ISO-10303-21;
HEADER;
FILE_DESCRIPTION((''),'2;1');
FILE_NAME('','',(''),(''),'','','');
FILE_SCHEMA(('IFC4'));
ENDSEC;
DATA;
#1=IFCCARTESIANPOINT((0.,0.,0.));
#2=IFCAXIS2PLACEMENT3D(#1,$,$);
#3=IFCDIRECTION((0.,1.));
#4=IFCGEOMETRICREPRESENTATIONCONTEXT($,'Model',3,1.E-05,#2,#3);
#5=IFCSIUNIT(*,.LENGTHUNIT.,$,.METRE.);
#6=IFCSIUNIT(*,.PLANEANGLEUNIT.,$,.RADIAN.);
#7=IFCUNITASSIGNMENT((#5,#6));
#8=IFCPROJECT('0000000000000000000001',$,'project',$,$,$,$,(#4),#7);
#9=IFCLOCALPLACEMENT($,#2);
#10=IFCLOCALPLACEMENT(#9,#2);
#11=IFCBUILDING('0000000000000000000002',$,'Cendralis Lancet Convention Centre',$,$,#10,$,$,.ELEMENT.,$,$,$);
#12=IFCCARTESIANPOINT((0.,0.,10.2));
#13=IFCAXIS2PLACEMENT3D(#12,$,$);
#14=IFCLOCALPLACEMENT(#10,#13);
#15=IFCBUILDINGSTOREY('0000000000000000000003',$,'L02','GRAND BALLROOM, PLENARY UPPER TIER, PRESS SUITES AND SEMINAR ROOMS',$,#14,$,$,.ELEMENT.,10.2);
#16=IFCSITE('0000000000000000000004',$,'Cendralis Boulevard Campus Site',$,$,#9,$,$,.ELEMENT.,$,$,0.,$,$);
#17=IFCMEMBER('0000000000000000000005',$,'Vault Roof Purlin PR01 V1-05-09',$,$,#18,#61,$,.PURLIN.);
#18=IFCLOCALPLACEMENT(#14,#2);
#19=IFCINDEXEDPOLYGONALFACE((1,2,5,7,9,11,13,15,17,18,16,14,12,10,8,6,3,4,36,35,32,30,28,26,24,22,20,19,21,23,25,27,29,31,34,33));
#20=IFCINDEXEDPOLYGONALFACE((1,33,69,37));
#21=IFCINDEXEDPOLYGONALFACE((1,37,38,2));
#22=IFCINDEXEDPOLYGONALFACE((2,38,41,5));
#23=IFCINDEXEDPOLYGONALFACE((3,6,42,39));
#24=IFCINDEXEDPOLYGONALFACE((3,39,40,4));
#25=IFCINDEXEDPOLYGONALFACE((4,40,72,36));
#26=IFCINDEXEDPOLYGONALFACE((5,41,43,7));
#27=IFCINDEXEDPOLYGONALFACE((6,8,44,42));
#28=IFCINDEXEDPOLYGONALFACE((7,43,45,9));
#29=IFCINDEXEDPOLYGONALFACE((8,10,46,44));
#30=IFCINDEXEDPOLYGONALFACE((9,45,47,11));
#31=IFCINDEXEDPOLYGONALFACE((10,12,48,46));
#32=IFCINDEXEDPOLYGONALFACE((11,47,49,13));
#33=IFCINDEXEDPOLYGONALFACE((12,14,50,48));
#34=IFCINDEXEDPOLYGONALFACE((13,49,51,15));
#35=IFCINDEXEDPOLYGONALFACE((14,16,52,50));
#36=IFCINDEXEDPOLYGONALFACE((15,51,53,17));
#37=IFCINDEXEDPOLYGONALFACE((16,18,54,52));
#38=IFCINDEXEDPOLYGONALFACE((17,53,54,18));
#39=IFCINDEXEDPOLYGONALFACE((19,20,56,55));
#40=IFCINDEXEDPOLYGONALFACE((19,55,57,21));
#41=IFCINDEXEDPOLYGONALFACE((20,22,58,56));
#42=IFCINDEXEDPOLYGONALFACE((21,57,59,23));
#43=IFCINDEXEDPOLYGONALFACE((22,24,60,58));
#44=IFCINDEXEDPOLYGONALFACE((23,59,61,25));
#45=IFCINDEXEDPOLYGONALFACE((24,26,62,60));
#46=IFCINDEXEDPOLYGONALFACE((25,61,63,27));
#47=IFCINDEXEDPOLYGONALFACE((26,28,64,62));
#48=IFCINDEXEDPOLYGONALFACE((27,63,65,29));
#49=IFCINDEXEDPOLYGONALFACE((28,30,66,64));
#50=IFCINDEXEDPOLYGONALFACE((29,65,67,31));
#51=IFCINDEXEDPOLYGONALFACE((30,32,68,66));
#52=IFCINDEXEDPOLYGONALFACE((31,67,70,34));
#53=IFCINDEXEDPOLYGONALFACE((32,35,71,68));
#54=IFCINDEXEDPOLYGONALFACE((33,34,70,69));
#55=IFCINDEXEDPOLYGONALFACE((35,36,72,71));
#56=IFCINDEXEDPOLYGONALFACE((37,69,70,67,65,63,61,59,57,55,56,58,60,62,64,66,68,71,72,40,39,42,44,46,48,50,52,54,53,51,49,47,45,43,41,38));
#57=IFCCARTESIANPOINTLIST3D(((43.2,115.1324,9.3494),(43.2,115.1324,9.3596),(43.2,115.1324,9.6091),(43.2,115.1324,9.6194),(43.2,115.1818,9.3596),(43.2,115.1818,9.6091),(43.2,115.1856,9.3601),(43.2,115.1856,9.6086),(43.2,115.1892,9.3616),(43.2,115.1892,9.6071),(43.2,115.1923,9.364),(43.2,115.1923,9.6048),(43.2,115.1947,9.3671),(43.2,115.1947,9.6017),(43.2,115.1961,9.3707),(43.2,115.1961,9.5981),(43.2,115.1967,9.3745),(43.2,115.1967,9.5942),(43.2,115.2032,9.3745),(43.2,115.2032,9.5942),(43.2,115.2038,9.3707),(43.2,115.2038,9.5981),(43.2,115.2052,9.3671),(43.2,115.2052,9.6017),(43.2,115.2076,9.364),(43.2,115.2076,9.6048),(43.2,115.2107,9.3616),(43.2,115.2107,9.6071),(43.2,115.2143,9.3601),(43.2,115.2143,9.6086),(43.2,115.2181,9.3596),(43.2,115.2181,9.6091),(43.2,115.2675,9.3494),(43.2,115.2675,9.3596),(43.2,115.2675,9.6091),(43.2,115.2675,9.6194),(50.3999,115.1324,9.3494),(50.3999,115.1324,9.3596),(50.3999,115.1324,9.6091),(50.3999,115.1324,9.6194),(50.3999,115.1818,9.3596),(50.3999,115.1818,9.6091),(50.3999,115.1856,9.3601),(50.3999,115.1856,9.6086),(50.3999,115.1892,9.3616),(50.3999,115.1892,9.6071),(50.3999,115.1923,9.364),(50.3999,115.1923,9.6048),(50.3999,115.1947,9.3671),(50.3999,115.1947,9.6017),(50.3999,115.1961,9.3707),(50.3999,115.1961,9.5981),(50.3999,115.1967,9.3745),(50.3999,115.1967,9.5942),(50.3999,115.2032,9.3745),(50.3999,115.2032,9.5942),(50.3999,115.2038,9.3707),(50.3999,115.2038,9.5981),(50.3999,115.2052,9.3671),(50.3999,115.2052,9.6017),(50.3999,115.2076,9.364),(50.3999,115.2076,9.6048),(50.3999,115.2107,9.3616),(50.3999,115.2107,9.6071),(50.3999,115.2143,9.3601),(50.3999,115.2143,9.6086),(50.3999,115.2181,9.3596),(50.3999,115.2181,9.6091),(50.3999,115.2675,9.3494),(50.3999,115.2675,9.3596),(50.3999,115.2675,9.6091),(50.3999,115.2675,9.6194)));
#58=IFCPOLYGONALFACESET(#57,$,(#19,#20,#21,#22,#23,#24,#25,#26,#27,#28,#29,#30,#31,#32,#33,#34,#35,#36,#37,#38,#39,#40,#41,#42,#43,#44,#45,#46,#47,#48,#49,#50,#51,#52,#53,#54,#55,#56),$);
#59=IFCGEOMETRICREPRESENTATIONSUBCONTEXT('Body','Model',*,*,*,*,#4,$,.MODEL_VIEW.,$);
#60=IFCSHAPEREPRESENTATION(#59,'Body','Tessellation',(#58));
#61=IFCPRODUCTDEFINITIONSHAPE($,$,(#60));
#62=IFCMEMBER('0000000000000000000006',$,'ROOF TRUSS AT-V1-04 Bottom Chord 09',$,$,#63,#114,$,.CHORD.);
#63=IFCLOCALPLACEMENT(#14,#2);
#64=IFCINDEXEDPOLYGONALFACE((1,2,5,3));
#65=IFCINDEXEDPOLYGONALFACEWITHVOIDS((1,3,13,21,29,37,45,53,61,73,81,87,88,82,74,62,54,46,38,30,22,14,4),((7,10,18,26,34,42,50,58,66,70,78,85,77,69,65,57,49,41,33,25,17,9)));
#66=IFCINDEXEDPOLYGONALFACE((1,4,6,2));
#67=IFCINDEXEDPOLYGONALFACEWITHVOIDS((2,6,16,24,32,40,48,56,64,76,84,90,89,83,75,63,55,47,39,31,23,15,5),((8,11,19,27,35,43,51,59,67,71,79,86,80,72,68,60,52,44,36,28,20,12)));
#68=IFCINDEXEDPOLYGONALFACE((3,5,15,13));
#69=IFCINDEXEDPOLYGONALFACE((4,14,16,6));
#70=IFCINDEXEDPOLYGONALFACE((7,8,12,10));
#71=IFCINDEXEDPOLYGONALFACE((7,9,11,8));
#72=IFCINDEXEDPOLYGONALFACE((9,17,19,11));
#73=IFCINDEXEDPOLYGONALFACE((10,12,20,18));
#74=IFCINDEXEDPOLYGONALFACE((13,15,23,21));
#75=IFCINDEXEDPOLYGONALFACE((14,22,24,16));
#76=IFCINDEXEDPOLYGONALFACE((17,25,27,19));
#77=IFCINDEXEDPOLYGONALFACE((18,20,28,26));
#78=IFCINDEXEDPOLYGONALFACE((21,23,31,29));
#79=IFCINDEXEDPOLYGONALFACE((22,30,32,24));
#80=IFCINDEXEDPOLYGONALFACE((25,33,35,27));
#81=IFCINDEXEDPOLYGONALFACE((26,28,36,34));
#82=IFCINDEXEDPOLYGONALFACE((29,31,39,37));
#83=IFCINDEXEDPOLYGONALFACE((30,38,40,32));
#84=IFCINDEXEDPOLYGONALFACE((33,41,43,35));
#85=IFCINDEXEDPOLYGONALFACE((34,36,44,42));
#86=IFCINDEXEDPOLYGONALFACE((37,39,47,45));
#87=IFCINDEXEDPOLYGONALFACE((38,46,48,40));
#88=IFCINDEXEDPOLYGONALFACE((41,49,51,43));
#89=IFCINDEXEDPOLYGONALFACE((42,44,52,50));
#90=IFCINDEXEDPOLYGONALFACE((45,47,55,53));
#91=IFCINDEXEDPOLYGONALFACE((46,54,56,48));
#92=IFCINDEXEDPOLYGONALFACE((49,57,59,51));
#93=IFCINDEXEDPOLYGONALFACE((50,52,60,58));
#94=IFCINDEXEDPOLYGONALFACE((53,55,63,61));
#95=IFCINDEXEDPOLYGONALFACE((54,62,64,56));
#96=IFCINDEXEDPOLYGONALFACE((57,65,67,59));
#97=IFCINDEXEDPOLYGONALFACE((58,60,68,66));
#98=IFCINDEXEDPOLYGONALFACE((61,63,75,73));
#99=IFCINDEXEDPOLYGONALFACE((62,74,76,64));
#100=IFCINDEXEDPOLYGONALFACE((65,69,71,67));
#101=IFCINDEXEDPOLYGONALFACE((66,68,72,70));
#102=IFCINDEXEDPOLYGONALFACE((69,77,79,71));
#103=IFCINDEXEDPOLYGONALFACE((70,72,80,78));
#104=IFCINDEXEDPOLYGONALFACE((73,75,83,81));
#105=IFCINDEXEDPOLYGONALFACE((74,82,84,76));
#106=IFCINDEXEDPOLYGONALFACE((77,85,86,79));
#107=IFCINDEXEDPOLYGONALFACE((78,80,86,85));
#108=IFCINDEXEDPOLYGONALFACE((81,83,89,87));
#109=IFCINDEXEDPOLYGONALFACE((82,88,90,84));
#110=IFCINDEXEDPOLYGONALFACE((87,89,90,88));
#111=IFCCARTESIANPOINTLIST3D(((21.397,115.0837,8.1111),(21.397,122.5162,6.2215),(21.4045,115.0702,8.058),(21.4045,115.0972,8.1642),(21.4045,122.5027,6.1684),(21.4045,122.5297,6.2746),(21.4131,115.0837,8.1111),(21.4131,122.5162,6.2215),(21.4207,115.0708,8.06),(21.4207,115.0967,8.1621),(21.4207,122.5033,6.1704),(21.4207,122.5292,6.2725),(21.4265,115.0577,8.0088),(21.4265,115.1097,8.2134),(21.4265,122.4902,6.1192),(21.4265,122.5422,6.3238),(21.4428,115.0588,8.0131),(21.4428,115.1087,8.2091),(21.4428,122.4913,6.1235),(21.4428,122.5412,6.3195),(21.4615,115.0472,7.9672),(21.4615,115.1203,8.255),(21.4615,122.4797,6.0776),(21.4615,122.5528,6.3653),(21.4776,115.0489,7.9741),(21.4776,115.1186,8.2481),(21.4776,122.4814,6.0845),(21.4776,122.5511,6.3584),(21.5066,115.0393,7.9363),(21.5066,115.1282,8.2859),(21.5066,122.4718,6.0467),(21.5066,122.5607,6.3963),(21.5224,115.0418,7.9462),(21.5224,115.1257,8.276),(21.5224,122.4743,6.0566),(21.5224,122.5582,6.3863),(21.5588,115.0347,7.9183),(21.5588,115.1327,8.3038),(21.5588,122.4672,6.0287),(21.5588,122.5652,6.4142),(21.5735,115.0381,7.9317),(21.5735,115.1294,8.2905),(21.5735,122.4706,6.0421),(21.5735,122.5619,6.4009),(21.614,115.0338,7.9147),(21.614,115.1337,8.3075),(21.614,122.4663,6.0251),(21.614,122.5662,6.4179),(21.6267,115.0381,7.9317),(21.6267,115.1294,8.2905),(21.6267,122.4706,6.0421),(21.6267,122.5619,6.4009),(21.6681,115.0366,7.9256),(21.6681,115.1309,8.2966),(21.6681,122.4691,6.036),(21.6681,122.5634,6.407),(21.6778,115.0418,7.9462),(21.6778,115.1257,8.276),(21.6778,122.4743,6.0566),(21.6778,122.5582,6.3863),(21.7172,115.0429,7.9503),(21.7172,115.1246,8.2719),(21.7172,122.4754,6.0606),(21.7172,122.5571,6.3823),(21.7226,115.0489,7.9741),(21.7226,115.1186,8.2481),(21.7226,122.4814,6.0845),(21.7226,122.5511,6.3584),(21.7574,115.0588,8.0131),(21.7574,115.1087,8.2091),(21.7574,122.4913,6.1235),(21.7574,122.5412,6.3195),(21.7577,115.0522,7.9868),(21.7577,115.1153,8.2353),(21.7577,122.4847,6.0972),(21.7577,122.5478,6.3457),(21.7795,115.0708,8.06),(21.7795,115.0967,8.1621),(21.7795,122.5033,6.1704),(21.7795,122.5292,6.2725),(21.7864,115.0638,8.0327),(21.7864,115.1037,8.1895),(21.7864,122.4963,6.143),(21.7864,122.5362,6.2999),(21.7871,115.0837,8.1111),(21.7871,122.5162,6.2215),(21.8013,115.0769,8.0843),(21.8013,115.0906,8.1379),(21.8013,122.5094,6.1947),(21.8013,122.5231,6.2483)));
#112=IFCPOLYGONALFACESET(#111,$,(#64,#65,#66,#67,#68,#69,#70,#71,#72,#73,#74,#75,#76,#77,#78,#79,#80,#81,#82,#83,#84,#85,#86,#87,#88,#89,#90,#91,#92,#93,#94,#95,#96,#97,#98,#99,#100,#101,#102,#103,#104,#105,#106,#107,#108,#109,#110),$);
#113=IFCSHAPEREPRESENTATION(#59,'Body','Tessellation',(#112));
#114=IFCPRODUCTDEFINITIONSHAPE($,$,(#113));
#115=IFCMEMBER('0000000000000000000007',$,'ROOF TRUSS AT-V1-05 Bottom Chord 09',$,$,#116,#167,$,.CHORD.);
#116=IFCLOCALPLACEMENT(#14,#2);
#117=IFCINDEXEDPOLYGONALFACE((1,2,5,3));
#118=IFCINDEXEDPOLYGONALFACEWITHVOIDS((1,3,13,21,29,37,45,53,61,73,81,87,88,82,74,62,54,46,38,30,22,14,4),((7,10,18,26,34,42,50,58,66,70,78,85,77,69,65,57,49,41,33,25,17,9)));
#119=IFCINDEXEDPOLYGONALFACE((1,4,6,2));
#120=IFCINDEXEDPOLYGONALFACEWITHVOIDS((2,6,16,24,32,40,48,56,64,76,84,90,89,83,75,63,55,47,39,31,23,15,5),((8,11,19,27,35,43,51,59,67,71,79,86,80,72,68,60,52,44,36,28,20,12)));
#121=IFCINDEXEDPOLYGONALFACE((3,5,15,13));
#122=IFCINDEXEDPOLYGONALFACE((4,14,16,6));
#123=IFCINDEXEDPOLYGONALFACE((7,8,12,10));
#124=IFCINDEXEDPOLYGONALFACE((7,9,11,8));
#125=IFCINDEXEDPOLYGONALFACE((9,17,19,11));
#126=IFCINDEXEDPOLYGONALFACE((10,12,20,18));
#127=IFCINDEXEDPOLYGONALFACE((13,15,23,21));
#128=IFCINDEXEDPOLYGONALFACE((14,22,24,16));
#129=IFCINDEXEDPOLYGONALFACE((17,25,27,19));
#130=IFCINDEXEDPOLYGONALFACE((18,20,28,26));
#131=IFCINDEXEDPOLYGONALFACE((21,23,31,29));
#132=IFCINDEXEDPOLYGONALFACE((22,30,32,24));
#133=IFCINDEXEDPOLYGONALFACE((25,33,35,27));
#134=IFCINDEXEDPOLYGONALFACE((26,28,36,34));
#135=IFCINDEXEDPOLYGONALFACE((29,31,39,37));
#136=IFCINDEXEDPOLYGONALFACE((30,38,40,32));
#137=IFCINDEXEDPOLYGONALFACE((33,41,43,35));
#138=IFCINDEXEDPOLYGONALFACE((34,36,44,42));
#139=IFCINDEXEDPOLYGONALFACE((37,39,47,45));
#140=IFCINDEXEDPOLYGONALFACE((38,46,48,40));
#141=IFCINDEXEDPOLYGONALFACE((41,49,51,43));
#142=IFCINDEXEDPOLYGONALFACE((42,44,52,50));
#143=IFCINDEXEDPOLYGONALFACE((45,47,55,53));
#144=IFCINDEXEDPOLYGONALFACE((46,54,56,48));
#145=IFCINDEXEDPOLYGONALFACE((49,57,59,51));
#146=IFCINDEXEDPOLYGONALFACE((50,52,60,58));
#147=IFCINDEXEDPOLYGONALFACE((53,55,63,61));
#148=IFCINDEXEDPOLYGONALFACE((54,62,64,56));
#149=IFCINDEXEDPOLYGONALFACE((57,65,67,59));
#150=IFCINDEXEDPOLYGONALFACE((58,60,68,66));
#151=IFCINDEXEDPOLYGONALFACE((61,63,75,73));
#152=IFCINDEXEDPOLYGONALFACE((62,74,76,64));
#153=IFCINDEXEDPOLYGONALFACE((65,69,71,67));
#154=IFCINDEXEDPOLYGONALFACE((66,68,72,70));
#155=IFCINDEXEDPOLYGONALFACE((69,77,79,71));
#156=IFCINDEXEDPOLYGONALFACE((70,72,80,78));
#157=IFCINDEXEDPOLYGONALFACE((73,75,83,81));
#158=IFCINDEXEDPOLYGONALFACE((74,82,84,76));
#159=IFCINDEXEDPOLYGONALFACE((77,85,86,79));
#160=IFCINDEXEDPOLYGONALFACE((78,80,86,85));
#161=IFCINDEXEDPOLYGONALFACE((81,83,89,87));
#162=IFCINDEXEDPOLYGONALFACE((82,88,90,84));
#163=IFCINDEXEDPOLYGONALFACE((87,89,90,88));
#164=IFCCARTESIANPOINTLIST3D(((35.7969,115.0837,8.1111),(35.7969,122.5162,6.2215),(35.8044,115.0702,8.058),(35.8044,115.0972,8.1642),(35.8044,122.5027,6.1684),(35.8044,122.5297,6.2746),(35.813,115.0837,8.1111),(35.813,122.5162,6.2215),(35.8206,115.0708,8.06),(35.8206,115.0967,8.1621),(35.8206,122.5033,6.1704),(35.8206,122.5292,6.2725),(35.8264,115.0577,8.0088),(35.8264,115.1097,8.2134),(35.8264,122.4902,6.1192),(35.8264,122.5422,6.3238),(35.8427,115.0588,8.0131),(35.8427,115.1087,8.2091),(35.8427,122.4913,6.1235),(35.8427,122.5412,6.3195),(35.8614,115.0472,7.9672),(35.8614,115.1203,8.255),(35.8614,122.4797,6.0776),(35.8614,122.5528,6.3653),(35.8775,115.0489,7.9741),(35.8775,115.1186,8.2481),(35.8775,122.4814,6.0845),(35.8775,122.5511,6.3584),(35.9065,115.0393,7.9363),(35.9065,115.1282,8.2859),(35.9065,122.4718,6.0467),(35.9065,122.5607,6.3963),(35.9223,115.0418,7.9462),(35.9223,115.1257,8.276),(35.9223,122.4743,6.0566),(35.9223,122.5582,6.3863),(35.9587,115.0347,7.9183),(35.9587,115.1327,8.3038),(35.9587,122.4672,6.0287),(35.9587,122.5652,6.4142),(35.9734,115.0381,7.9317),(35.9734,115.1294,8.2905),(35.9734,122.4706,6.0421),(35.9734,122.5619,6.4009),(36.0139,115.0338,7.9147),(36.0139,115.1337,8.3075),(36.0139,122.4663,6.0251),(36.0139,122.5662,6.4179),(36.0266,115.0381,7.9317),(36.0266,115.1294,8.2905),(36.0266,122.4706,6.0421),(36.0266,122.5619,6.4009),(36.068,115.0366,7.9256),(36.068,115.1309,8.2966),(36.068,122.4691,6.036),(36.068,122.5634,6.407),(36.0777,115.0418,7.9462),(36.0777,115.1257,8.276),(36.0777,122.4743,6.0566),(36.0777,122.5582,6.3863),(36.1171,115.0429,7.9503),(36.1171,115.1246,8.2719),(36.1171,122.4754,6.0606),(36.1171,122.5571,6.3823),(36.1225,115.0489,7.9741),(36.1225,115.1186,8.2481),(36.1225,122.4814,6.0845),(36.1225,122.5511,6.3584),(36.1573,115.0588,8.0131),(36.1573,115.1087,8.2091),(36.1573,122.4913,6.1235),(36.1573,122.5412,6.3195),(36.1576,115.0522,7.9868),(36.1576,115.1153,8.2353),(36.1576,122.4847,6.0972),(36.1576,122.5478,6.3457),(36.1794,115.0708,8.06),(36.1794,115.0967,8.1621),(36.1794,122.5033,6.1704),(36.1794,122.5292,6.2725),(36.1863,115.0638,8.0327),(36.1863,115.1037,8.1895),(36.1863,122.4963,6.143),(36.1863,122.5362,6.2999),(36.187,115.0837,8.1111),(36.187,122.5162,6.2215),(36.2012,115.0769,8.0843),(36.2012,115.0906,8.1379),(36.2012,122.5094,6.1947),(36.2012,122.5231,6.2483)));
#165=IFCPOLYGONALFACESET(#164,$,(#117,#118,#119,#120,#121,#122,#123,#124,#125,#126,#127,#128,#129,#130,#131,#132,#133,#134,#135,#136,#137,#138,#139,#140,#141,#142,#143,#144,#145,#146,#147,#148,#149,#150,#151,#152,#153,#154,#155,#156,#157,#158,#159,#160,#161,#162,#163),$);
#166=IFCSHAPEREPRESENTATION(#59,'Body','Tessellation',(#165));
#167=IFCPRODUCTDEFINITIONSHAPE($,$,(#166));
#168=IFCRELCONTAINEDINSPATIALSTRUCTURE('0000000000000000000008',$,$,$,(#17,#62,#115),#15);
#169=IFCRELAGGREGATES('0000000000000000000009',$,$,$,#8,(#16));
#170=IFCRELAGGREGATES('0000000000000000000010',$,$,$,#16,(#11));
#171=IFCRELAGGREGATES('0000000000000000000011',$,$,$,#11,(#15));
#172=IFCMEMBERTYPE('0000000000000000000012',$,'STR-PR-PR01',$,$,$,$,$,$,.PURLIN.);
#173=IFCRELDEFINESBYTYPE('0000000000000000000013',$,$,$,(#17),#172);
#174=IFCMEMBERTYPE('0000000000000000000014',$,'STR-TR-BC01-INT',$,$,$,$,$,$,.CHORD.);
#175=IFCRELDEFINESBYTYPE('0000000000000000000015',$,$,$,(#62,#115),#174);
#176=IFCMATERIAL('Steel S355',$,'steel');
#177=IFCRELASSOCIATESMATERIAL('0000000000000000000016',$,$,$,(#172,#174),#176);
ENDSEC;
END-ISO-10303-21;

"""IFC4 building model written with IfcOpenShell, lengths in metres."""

from ifc_helpers import new_model, si_unit, direction, frame, origin, origin_2d, place, context, subcontext, project, spatial, hollow_circle, i_section, extrude, material, material_profile, profile_set, type_object, element, save


model = new_model("IFC4")

# Units and contexts
model_context = context("Model", 3, precision=1e-05, world=origin(), true_north=direction((0.0, 1.0)))
body_context = subcontext(model_context, "Body", "Model", "MODEL_VIEW")
ifc_project = project(units=[si_unit("LENGTHUNIT", "METRE"), si_unit("PLANEANGLEUNIT", "RADIAN")], contexts=[model_context])

# Site, building, storey
site_placement = place(None, origin())
site = spatial("IfcSite", under=ifc_project, at=site_placement, Name="Cendralis Boulevard Campus Site", CompositionType="ELEMENT", RefElevation=0.0)
building_placement = place(site_placement, origin())
building = spatial("IfcBuilding", under=site, at=building_placement, Name="Cendralis Lancet Convention Centre", CompositionType="ELEMENT")
storey_placement = place(building_placement, frame((0.0, 0.0, 10.2)))
storey = spatial("IfcBuildingStorey", under=building, at=storey_placement, Name="L02", Description="GRAND BALLROOM, PLENARY UPPER TIER, PRESS SUITES AND SEMINAR ROOMS", CompositionType="ELEMENT", Elevation=10.2)

# Members
ifc_material = material(Name="Steel S355", Category="steel")
ifc_material_profile_1 = material_profile(ifc_material, i_section(OverallWidth=0.135, OverallDepth=0.27, WebThickness=0.0066, FlangeThickness=0.0103, FilletRadius=0.0149, at=origin_2d()), Name="IPE 270")
ifc_profile_set_1 = profile_set([ifc_material_profile_1], Name="Steel S355")
member_type_1 = type_object("IfcMemberType", Name="STR-PR-PR01", PredefinedType="PURLIN", material=ifc_profile_set_1)
for number, where, z_axis, x_axis, name in (
    (1, (43.2, 115.2, 9.4844), (1.0, 0.0, 0.0), (0.0, 1.0, 0.0), "Vault Roof Purlin PR01 V1-05-09"),
):
    element("IfcMember", number, at=place(storey_placement, frame(where, z_axis=z_axis, x_axis=x_axis)), inside=storey, type_object=member_type_1, Name=name, PredefinedType="PURLIN", context=body_context, shape_type="SweptSolid", body=[
        extrude(i_section(OverallWidth=0.135, OverallDepth=0.27, WebThickness=0.0066, FlangeThickness=0.0103, FilletRadius=0.0149, at=origin_2d()), origin(), (0.0, 0.0, 1.0), 7.2),
    ])
ifc_material_profile_2 = material_profile(ifc_material, hollow_circle(Radius=0.2031, WallThickness=0.0161, at=origin_2d()), Name="CHS 406.4x16.0")
ifc_profile_set_2 = profile_set([ifc_material_profile_2], Name="Steel S355")
member_type_2 = type_object("IfcMemberType", Name="STR-TR-BC01-INT", PredefinedType="CHORD", material=ifc_profile_set_2)
for number, where, z_axis, x_axis, name in (
    (2, (21.6001, 115.0837, 8.1111), (0.0, 0.969169, -0.246399), (-1.0, 0.0, 0.0), "ROOF TRUSS AT-V1-04 Bottom Chord 09"),
    (3, (36.0, 115.0837, 8.1111), (0.0, 0.969169, -0.246399), (-1.0, 0.0, 0.0), "ROOF TRUSS AT-V1-05 Bottom Chord 09"),
):
    element("IfcMember", number, at=place(storey_placement, frame(where, z_axis=z_axis, x_axis=x_axis)), inside=storey, type_object=member_type_2, Name=name, PredefinedType="CHORD", context=body_context, shape_type="SweptSolid", body=[
        extrude(hollow_circle(Radius=0.2031, WallThickness=0.0161, at=origin_2d()), origin(), (0.0, 0.0, 1.0), 7.6689),
    ])

save(model, "model.ifc")
